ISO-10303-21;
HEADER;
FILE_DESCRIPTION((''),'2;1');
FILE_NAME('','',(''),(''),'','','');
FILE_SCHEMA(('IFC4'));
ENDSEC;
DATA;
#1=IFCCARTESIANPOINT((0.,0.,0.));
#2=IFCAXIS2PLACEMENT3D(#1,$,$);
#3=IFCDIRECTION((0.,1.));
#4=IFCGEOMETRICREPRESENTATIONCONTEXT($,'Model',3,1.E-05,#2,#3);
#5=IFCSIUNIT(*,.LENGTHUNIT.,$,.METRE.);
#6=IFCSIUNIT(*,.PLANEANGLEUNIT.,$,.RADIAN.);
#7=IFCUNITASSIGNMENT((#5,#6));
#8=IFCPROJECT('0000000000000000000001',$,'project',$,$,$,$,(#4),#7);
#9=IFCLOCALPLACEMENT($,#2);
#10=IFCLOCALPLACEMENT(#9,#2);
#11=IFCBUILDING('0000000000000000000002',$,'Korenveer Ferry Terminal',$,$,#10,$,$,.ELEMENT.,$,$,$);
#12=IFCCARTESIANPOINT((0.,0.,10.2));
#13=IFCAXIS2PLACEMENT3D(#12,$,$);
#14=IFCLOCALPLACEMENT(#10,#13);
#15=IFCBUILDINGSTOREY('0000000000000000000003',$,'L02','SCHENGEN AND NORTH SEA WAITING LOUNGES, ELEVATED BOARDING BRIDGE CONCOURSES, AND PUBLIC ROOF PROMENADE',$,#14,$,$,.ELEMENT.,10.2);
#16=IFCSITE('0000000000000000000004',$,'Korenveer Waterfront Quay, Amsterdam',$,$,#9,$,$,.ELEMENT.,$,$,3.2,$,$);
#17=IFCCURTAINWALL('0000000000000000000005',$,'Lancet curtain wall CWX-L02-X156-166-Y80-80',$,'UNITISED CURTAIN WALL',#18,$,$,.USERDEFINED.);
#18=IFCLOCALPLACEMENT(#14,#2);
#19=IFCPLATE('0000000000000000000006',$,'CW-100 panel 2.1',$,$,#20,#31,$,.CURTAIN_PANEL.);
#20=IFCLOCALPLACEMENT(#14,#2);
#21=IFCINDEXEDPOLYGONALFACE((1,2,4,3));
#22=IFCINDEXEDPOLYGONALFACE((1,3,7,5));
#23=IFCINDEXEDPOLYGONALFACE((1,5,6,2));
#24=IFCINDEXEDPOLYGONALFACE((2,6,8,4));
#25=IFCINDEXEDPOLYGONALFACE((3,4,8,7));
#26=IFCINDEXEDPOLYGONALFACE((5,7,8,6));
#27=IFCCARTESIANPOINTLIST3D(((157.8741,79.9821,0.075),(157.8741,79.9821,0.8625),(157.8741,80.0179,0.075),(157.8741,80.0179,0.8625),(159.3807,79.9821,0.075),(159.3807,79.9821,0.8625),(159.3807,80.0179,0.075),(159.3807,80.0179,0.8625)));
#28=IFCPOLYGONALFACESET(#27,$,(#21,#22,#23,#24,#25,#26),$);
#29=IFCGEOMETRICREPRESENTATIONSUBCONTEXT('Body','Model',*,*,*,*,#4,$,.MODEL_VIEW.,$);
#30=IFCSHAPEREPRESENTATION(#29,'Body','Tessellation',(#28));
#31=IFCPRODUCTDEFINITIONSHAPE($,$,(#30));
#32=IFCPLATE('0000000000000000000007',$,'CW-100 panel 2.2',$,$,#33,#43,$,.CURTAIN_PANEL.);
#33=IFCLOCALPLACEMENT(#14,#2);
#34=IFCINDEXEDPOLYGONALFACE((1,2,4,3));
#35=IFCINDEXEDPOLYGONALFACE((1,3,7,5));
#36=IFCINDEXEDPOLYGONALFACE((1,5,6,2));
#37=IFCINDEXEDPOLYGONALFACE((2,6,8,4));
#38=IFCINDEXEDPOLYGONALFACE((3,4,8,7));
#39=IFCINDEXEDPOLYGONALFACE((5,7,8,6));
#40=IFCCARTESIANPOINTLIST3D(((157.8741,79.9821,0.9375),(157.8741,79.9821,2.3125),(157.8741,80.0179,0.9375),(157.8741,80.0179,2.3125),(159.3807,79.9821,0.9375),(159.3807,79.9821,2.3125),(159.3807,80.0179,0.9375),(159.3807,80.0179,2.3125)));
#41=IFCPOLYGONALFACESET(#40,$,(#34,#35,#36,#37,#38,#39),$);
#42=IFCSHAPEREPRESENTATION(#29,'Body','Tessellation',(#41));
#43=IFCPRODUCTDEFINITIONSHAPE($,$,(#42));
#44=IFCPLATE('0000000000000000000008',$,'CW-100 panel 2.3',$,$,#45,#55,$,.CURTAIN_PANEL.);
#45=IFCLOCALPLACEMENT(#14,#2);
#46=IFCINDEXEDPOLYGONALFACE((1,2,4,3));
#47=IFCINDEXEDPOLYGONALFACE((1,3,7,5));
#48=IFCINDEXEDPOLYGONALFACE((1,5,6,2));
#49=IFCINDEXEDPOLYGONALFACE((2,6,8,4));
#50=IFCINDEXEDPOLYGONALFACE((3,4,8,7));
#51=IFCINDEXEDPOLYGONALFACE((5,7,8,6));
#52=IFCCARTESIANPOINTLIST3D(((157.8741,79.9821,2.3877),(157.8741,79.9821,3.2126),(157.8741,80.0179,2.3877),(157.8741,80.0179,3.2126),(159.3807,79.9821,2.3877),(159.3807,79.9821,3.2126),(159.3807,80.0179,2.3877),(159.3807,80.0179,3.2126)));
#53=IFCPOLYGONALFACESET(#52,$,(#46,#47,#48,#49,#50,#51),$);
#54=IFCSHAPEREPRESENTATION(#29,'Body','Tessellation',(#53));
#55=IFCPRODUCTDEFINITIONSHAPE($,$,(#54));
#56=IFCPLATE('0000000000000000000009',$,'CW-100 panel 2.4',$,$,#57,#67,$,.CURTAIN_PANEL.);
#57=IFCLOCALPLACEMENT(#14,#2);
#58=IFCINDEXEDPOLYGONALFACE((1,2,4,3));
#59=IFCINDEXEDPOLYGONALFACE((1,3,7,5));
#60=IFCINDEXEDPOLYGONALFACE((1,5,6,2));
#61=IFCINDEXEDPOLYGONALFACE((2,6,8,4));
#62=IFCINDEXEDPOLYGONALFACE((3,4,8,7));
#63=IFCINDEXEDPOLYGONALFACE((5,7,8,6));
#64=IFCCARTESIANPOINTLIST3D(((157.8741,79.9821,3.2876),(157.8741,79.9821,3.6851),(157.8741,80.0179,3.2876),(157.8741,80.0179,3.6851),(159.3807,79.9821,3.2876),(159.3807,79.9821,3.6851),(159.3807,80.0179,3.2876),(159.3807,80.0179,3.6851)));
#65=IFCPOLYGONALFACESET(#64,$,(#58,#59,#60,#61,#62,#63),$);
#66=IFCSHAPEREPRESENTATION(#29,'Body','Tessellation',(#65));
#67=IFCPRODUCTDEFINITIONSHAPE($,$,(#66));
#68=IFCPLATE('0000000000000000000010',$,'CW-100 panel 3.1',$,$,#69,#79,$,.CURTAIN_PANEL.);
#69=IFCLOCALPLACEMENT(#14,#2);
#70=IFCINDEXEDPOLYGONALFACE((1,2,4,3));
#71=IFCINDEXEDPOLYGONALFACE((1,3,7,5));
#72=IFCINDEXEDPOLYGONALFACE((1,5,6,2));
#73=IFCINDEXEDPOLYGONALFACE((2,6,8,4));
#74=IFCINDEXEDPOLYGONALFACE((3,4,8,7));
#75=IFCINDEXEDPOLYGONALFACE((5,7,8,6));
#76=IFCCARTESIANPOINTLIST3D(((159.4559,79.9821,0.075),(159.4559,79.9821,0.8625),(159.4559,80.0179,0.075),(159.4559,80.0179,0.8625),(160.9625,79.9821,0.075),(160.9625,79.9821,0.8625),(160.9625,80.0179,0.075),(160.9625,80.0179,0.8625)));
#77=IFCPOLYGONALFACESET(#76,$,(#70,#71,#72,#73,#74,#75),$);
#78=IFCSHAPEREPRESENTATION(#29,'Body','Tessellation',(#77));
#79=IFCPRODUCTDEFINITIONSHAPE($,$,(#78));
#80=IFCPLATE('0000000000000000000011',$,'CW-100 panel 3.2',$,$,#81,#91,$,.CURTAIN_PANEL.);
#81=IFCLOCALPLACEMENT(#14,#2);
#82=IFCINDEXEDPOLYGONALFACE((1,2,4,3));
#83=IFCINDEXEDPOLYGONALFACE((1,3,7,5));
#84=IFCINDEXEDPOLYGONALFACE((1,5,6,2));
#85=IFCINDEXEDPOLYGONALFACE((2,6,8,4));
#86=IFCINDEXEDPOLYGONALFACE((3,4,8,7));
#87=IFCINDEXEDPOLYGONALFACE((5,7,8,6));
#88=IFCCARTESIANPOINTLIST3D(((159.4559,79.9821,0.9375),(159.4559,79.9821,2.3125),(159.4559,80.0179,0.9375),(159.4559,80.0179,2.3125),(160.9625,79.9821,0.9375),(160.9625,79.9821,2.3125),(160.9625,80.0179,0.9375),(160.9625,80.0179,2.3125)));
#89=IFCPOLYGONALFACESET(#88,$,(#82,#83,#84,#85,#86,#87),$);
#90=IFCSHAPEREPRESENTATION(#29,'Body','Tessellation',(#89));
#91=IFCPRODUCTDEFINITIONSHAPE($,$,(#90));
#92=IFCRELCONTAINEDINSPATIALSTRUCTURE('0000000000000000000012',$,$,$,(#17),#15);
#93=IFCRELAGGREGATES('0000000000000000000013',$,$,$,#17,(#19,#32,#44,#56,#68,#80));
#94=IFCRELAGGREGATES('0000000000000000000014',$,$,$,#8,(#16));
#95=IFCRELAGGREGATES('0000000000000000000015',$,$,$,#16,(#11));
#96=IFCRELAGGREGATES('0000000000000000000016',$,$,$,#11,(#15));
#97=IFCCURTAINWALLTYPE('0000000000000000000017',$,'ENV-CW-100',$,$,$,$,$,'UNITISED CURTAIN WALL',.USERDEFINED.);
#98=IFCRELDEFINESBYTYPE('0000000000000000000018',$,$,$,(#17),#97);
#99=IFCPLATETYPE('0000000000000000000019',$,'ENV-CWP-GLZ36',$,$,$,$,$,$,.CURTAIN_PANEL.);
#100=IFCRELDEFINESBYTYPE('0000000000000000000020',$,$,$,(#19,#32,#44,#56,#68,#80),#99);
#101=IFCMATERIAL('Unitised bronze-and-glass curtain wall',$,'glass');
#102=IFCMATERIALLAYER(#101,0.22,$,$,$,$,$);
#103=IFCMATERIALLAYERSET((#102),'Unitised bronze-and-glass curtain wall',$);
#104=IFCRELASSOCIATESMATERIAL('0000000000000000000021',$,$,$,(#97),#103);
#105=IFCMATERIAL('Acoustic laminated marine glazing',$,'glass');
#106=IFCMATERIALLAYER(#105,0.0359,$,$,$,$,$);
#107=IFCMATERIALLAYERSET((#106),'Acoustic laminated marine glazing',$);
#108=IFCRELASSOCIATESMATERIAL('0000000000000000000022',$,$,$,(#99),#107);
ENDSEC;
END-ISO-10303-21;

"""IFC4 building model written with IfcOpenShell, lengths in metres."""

from ifc_helpers import new_model, si_unit, direction, frame, origin, origin_2d, place, context, subcontext, project, spatial, rectangle, extrude, material, layer, layer_set, type_object, element, aggregate, save


model = new_model("IFC4")

# Units and contexts
model_context = context("Model", 3, precision=1e-05, world=origin(), true_north=direction((0.0, 1.0)))
body_context = subcontext(model_context, "Body", "Model", "MODEL_VIEW")
ifc_project = project(units=[si_unit("LENGTHUNIT", "METRE"), si_unit("PLANEANGLEUNIT", "RADIAN")], contexts=[model_context])

# Site, building, storey
site_placement = place(None, origin())
site = spatial("IfcSite", under=ifc_project, at=site_placement, Name="Korenveer Waterfront Quay, Amsterdam", CompositionType="ELEMENT", RefElevation=3.2)
building_placement = place(site_placement, origin())
building = spatial("IfcBuilding", under=site, at=building_placement, Name="Korenveer Ferry Terminal", CompositionType="ELEMENT")
storey_placement = place(building_placement, frame((0.0, 0.0, 10.2)))
storey = spatial("IfcBuildingStorey", under=building, at=storey_placement, Name="L02", Description="SCHENGEN AND NORTH SEA WAITING LOUNGES, ELEVATED BOARDING BRIDGE CONCOURSES, AND PUBLIC ROOF PROMENADE", CompositionType="ELEMENT", Elevation=10.2)

# Shared definitions
ifc_material_1 = material(Name="Unitised bronze-and-glass curtain wall", Category="glass")

# Curtain wall
ifc_layer_1 = layer(ifc_material_1, 0.22)
ifc_layer_set_1 = layer_set([ifc_layer_1], Name="Unitised bronze-and-glass curtain wall")
curtain_wall_type_1 = type_object("IfcCurtainWallType", Name="ENV-CW-100", ElementType="UNITISED CURTAIN WALL", PredefinedType="USERDEFINED", material=ifc_layer_set_1)
curtain_wall_1_placement = place(storey_placement, frame((156.2549, 80.0, 0.0)))
curtain_wall_1 = element("IfcCurtainWall", 1, at=curtain_wall_1_placement, inside=storey, type_object=curtain_wall_type_1, Name="Lancet curtain wall CWX-L02-X156-166-Y80-80", ObjectType="UNITISED CURTAIN WALL", PredefinedType="USERDEFINED")

# Plates
ifc_material_2 = material(Name="Acoustic laminated marine glazing", Category="glass")
ifc_layer_2 = layer(ifc_material_2, 0.0359)
ifc_layer_set_2 = layer_set([ifc_layer_2], Name="Acoustic laminated marine glazing")
plate_type = type_object("IfcPlateType", Name="ENV-CWP-GLZ36", PredefinedType="CURTAIN_PANEL", material=ifc_layer_set_2)
plate_1_placement = place(storey_placement, frame((158.6274, 80.0, 0.075), z_axis=(0.0, 0.0, 1.0), x_axis=(1.0, 0.0, 0.0)))
plate_1 = element("IfcPlate", 2, at=plate_1_placement, type_object=plate_type, Name="CW-100 panel 2.1", PredefinedType="CURTAIN_PANEL", context=body_context, shape_type="SweptSolid", body=[
    extrude(rectangle(XDim=1.5066, YDim=0.0359, at=origin_2d()), origin(), (0.0, 0.0, 1.0), 0.7876),
])
plate_2_placement = place(storey_placement, frame((158.6274, 80.0, 0.9375), z_axis=(0.0, 0.0, 1.0), x_axis=(1.0, 0.0, 0.0)))
plate_2 = element("IfcPlate", 3, at=plate_2_placement, type_object=plate_type, Name="CW-100 panel 2.2", PredefinedType="CURTAIN_PANEL", context=body_context, shape_type="SweptSolid", body=[
    extrude(rectangle(XDim=1.5066, YDim=0.0359, at=origin_2d()), origin(), (0.0, 0.0, 1.0), 1.375),
])
plate_3_placement = place(storey_placement, frame((158.6274, 80.0, 2.3877), z_axis=(0.0, 0.0, 1.0), x_axis=(1.0, 0.0, 0.0)))
plate_3 = element("IfcPlate", 4, at=plate_3_placement, type_object=plate_type, Name="CW-100 panel 2.3", PredefinedType="CURTAIN_PANEL", context=body_context, shape_type="SweptSolid", body=[
    extrude(rectangle(XDim=1.5066, YDim=0.0359, at=origin_2d()), origin(), (0.0, 0.0, 1.0), 0.825),
])
plate_4_placement = place(storey_placement, frame((158.6274, 80.0, 3.2876), z_axis=(0.0, 0.0, 1.0), x_axis=(1.0, 0.0, 0.0)))
plate_4 = element("IfcPlate", 5, at=plate_4_placement, type_object=plate_type, Name="CW-100 panel 2.4", PredefinedType="CURTAIN_PANEL", context=body_context, shape_type="SweptSolid", body=[
    extrude(rectangle(XDim=1.5066, YDim=0.0359, at=origin_2d()), origin(), (0.0, 0.0, 1.0), 0.3975),
])
plate_5_placement = place(storey_placement, frame((160.2092, 80.0, 0.075), z_axis=(0.0, 0.0, 1.0), x_axis=(1.0, 0.0, 0.0)))
plate_5 = element("IfcPlate", 6, at=plate_5_placement, type_object=plate_type, Name="CW-100 panel 3.1", PredefinedType="CURTAIN_PANEL", context=body_context, shape_type="SweptSolid", body=[
    extrude(rectangle(XDim=1.5066, YDim=0.0359, at=origin_2d()), origin(), (0.0, 0.0, 1.0), 0.7876),
])
plate_6_placement = place(storey_placement, frame((160.2092, 80.0, 0.9375), z_axis=(0.0, 0.0, 1.0), x_axis=(1.0, 0.0, 0.0)))
plate_6 = element("IfcPlate", 7, at=plate_6_placement, type_object=plate_type, Name="CW-100 panel 3.2", PredefinedType="CURTAIN_PANEL", context=body_context, shape_type="SweptSolid", body=[
    extrude(rectangle(XDim=1.5066, YDim=0.0359, at=origin_2d()), origin(), (0.0, 0.0, 1.0), 1.375),
])
aggregate(curtain_wall_1, [plate_1, plate_2, plate_3, plate_4, plate_5, plate_6])

save(model, "model.ifc")
